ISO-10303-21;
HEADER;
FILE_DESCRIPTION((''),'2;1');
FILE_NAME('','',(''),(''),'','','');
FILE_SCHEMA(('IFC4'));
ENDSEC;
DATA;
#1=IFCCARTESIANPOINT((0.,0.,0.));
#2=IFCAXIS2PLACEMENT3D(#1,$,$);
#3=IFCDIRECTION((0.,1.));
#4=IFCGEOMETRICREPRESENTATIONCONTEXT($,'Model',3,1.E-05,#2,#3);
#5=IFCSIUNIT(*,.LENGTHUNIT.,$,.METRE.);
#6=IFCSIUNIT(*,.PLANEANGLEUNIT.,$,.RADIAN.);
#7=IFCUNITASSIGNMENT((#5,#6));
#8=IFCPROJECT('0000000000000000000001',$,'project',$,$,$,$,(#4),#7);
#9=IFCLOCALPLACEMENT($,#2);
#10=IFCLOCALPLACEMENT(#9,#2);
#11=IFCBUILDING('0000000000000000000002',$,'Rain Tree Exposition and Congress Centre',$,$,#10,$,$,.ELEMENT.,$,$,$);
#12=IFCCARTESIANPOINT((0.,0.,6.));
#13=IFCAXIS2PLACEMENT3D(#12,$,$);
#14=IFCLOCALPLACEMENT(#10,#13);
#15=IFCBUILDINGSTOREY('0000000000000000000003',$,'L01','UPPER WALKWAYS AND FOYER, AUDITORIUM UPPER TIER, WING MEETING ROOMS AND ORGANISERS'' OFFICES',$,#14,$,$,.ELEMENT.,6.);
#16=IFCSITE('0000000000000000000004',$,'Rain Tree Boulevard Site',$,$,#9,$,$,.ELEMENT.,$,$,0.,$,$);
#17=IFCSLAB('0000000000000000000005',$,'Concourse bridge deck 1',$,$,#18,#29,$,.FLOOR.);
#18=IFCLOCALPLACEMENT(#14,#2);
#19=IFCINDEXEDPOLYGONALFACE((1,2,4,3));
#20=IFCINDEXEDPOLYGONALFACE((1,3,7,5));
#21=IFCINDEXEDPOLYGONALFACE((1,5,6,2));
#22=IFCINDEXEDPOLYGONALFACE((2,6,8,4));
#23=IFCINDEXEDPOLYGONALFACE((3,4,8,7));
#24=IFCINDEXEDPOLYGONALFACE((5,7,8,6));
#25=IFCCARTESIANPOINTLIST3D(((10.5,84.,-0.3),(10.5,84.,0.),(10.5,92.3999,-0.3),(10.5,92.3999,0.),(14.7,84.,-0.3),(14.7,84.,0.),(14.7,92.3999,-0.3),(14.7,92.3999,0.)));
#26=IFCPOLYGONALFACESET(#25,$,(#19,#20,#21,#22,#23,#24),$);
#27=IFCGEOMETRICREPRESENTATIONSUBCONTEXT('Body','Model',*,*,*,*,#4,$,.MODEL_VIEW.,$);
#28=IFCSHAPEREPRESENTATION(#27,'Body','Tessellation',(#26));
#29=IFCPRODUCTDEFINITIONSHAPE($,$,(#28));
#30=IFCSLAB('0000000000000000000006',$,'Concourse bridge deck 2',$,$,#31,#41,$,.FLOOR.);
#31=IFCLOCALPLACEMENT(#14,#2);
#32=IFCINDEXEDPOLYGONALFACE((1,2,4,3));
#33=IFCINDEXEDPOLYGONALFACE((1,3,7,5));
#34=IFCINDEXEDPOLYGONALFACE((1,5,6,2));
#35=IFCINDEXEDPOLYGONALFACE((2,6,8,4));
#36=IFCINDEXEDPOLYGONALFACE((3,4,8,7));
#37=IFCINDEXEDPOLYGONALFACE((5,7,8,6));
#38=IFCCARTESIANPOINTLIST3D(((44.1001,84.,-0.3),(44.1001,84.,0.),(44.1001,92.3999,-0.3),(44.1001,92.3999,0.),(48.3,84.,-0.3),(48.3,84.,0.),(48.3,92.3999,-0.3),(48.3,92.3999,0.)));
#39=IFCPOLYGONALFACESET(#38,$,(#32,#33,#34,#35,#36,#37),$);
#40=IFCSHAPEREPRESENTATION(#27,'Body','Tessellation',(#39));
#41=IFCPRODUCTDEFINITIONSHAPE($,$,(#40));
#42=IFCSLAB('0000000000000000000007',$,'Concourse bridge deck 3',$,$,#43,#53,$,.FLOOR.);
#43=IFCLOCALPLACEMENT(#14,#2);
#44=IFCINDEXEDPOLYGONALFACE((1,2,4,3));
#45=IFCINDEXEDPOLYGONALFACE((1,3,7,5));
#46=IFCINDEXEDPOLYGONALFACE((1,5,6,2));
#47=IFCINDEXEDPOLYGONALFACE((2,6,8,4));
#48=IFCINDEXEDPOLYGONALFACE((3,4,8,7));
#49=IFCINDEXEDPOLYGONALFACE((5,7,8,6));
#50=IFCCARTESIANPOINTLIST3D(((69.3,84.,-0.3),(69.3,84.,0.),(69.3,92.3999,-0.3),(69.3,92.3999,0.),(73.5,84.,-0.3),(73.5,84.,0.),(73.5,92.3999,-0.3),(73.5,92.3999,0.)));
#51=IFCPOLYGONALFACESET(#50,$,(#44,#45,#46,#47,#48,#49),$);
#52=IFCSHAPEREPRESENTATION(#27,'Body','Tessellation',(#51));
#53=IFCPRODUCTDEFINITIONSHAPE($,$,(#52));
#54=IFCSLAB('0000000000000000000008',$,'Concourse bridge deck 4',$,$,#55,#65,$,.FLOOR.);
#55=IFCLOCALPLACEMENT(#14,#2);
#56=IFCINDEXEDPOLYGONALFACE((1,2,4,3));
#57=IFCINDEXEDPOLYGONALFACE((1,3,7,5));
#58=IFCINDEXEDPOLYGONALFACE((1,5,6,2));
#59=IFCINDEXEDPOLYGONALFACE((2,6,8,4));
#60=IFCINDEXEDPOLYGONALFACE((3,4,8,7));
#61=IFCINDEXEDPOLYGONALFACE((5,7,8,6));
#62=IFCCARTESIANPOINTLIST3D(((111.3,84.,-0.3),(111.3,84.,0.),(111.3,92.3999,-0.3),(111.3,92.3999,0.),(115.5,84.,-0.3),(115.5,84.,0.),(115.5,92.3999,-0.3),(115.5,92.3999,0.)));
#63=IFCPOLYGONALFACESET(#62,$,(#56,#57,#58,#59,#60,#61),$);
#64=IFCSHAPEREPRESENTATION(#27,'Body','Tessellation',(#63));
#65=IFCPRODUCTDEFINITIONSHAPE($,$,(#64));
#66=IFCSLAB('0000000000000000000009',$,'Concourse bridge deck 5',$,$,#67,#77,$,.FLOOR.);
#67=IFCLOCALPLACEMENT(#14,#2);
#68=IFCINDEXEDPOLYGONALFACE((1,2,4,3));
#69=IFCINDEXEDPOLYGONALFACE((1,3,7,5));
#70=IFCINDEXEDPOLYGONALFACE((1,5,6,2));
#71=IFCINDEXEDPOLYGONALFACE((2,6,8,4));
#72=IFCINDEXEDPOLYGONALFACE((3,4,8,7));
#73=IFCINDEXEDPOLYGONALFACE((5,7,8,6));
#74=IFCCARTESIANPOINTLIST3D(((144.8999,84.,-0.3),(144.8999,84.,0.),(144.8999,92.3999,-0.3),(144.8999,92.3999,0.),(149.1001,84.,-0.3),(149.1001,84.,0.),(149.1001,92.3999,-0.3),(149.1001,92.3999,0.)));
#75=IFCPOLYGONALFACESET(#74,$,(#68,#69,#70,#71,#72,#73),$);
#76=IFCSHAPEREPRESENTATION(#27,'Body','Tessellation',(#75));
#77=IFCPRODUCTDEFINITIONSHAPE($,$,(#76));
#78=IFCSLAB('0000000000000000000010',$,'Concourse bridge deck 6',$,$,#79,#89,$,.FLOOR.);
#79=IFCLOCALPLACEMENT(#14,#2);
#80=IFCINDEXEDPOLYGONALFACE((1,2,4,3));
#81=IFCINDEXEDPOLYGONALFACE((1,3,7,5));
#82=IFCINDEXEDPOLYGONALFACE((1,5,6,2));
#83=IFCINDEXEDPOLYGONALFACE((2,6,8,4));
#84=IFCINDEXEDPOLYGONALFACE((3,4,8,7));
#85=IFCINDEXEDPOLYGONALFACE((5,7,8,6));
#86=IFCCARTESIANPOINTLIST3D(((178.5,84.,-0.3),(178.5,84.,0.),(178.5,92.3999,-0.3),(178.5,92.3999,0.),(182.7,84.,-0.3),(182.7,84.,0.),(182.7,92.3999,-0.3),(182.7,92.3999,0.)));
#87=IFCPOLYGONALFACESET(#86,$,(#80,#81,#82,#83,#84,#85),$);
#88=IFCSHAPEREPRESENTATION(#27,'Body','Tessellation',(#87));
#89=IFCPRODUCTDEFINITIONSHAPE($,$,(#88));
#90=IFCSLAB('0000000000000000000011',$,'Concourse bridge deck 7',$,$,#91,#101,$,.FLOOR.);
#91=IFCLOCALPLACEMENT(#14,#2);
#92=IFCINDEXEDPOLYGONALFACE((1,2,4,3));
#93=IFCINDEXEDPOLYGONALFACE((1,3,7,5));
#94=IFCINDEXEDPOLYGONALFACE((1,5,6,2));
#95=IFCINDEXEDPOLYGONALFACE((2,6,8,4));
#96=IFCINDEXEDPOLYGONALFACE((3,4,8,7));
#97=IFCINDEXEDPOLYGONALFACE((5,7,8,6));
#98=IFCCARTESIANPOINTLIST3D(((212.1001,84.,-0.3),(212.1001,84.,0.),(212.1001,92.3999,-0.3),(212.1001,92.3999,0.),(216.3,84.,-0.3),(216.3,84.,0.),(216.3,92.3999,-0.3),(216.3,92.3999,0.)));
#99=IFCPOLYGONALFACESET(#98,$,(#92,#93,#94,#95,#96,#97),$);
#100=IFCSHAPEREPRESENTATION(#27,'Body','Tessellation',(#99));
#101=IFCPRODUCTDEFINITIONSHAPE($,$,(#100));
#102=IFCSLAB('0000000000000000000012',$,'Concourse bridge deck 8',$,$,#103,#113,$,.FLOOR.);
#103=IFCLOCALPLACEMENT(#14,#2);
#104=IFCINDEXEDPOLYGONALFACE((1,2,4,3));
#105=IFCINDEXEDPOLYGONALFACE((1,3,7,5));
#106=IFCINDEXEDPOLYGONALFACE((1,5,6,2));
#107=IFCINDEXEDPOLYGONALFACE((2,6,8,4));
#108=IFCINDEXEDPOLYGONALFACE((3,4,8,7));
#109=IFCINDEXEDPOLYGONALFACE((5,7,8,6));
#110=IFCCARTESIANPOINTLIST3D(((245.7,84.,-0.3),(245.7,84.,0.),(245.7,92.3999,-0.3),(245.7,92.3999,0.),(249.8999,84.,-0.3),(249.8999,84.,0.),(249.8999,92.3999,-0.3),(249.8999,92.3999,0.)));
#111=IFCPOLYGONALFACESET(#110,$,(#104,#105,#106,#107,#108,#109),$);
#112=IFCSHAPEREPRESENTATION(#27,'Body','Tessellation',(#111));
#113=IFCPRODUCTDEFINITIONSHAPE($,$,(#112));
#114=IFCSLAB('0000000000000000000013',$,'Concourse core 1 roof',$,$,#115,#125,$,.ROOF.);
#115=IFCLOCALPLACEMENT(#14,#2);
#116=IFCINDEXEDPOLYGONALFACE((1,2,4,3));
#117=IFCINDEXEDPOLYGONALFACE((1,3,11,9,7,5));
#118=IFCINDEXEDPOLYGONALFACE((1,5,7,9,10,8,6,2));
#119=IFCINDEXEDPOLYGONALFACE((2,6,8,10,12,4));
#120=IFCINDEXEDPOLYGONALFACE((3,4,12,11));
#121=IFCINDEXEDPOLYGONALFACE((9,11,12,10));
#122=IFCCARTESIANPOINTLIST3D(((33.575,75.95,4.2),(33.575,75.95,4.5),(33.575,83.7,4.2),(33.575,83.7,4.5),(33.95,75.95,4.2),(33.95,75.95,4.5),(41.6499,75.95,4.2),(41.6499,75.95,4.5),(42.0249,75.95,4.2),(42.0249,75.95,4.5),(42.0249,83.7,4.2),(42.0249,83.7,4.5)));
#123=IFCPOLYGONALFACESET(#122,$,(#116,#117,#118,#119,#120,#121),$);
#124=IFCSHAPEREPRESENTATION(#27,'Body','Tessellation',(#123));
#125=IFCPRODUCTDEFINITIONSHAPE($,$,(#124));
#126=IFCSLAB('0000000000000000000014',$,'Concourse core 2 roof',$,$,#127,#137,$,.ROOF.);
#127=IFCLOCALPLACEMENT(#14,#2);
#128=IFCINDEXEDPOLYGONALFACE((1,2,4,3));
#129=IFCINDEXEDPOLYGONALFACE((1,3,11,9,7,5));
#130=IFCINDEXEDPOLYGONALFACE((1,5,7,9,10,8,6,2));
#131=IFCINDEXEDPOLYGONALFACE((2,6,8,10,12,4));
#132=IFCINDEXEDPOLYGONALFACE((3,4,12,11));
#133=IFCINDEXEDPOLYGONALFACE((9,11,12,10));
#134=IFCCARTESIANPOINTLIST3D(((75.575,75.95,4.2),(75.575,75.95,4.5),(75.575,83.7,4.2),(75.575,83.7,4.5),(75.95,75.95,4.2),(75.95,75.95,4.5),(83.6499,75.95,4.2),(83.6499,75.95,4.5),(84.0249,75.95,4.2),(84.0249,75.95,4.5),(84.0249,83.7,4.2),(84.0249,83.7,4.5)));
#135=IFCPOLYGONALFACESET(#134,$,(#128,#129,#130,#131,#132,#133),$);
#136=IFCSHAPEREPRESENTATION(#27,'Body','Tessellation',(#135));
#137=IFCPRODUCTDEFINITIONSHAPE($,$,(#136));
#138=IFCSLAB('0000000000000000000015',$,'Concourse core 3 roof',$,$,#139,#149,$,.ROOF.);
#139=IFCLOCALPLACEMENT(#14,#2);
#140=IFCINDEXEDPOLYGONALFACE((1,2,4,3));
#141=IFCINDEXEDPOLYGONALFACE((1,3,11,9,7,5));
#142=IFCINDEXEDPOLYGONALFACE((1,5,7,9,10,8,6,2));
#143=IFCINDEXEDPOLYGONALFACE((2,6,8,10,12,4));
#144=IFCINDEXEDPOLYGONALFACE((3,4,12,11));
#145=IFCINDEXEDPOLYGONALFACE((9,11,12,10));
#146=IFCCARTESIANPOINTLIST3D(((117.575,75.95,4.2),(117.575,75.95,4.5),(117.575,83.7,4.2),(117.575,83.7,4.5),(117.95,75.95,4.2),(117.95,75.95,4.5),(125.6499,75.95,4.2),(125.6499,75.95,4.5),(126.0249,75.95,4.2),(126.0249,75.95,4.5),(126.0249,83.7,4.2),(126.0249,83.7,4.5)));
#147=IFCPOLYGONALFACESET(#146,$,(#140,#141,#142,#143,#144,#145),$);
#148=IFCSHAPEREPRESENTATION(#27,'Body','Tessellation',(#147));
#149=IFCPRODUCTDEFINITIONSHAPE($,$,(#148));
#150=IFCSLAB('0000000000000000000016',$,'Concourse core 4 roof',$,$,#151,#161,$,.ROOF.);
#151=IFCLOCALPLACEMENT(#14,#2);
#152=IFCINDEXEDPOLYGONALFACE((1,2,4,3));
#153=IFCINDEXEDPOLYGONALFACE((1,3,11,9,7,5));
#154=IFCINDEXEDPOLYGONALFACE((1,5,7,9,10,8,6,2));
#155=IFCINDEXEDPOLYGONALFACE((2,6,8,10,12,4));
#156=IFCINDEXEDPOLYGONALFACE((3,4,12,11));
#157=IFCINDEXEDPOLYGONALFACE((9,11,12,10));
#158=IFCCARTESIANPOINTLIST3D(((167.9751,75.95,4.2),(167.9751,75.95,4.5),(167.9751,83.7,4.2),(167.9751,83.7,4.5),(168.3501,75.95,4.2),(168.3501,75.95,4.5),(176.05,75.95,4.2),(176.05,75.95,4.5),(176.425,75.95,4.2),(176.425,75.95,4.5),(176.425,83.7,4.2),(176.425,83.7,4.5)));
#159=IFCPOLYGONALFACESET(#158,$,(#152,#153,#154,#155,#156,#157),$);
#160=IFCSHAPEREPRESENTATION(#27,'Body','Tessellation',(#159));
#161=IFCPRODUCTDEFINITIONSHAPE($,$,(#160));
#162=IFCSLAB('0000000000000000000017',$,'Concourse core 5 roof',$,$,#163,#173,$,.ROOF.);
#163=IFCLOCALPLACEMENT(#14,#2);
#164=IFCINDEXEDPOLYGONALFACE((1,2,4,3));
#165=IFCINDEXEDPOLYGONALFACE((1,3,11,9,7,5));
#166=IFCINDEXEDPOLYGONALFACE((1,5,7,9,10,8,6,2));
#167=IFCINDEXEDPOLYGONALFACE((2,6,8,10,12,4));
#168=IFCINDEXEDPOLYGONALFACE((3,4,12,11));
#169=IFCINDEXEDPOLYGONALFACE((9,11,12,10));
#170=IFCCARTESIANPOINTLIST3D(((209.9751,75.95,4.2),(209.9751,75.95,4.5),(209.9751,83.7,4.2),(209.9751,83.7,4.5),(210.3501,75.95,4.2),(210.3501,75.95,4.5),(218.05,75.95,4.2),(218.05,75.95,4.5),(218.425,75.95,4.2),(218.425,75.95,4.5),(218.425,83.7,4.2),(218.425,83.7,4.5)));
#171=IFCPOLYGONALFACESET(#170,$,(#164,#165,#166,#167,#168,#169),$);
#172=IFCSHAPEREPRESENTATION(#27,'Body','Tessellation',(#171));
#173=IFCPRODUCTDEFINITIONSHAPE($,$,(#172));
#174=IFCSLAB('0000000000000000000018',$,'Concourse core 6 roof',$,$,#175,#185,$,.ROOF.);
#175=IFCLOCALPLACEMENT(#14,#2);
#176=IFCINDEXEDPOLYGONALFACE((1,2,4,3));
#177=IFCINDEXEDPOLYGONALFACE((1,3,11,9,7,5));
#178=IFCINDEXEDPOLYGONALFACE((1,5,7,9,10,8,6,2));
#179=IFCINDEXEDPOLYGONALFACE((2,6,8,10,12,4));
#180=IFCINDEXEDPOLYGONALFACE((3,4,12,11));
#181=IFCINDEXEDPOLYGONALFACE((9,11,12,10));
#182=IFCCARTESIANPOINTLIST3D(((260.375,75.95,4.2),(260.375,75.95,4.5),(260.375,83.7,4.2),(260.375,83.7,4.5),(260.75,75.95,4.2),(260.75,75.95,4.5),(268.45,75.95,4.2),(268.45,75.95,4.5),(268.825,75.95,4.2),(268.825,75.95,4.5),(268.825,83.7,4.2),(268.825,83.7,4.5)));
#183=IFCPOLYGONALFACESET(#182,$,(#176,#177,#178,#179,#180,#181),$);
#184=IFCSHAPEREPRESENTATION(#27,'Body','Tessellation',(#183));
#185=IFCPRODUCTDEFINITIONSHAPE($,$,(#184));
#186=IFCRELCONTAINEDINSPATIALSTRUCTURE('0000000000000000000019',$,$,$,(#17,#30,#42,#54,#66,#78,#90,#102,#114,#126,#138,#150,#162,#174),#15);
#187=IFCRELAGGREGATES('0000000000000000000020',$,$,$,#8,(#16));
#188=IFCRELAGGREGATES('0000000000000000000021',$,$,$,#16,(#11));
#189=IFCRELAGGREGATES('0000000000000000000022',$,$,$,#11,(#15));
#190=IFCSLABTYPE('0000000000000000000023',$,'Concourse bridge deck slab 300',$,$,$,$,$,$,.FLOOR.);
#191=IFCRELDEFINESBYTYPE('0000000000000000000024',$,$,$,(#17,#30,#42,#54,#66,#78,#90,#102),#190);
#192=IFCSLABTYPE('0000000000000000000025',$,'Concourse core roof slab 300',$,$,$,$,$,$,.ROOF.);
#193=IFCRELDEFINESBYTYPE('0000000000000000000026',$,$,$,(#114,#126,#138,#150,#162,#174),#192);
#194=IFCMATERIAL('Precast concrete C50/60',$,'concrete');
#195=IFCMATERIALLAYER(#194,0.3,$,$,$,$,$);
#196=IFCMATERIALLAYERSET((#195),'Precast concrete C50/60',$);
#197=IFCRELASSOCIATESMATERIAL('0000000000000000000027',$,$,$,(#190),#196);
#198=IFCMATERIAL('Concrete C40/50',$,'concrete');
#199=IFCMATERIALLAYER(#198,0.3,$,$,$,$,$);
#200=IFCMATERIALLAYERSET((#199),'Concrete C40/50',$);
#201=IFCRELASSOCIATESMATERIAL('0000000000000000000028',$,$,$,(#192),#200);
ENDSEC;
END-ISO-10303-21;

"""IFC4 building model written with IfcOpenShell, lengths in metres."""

from ifc_helpers import new_model, si_unit, direction, frame, origin, place, context, subcontext, project, spatial, polyline, outline, extrude, material, layer, layer_set, type_object, element, save


model = new_model("IFC4")

# Units and contexts
model_context = context("Model", 3, precision=1e-05, world=origin(), true_north=direction((0.0, 1.0)))
body_context = subcontext(model_context, "Body", "Model", "MODEL_VIEW")
ifc_project = project(units=[si_unit("LENGTHUNIT", "METRE"), si_unit("PLANEANGLEUNIT", "RADIAN")], contexts=[model_context])

# Site, building, storey
site_placement = place(None, origin())
site = spatial("IfcSite", under=ifc_project, at=site_placement, Name="Rain Tree Boulevard Site", CompositionType="ELEMENT", RefElevation=0.0)
building_placement = place(site_placement, origin())
building = spatial("IfcBuilding", under=site, at=building_placement, Name="Rain Tree Exposition and Congress Centre", CompositionType="ELEMENT")
storey_placement = place(building_placement, frame((0.0, 0.0, 6.0)))
storey = spatial("IfcBuildingStorey", under=building, at=storey_placement, Name="L01", Description="UPPER WALKWAYS AND FOYER, AUDITORIUM UPPER TIER, WING MEETING ROOMS AND ORGANISERS' OFFICES", CompositionType="ELEMENT", Elevation=6.0)

# Slabs
ifc_material_1 = material(Name="Precast concrete C50/60", Category="concrete")
ifc_layer_1 = layer(ifc_material_1, 0.3)
ifc_layer_set_1 = layer_set([ifc_layer_1], Name="Precast concrete C50/60")
slab_type_1 = type_object("IfcSlabType", Name="Concourse bridge deck slab 300", PredefinedType="FLOOR", material=ifc_layer_set_1)
slab_1_placement = place(storey_placement, frame((0.0, 0.0, -0.3)))
element("IfcSlab", 1, at=slab_1_placement, inside=storey, type_object=slab_type_1, Name="Concourse bridge deck 1", PredefinedType="FLOOR", context=body_context, shape_type="SweptSolid", body=[
    extrude(outline(polyline([(10.5, 84.0), (14.7, 84.0), (14.7, 92.3999), (10.5, 92.3999), (10.5, 84.0)])), origin(), (0.0, 0.0, 1.0), 0.3),
])
slab_2_placement = place(storey_placement, frame((0.0, 0.0, -0.3)))
element("IfcSlab", 2, at=slab_2_placement, inside=storey, type_object=slab_type_1, Name="Concourse bridge deck 2", PredefinedType="FLOOR", context=body_context, shape_type="SweptSolid", body=[
    extrude(outline(polyline([(44.1001, 84.0), (48.3, 84.0), (48.3, 92.3999), (44.1001, 92.3999), (44.1001, 84.0)])), origin(), (0.0, 0.0, 1.0), 0.3),
])
slab_3_placement = place(storey_placement, frame((0.0, 0.0, -0.3)))
element("IfcSlab", 3, at=slab_3_placement, inside=storey, type_object=slab_type_1, Name="Concourse bridge deck 3", PredefinedType="FLOOR", context=body_context, shape_type="SweptSolid", body=[
    extrude(outline(polyline([(69.3, 84.0), (73.5, 84.0), (73.5, 92.3999), (69.3, 92.3999), (69.3, 84.0)])), origin(), (0.0, 0.0, 1.0), 0.3),
])
slab_4_placement = place(storey_placement, frame((0.0, 0.0, -0.3)))
element("IfcSlab", 4, at=slab_4_placement, inside=storey, type_object=slab_type_1, Name="Concourse bridge deck 4", PredefinedType="FLOOR", context=body_context, shape_type="SweptSolid", body=[
    extrude(outline(polyline([(111.3, 84.0), (115.5, 84.0), (115.5, 92.3999), (111.3, 92.3999), (111.3, 84.0)])), origin(), (0.0, 0.0, 1.0), 0.3),
])
slab_5_placement = place(storey_placement, frame((0.0, 0.0, -0.3)))
element("IfcSlab", 5, at=slab_5_placement, inside=storey, type_object=slab_type_1, Name="Concourse bridge deck 5", PredefinedType="FLOOR", context=body_context, shape_type="SweptSolid", body=[
    extrude(outline(polyline([(144.8999, 84.0), (149.1001, 84.0), (149.1001, 92.3999), (144.8999, 92.3999), (144.8999, 84.0)])), origin(), (0.0, 0.0, 1.0), 0.3),
])
slab_6_placement = place(storey_placement, frame((0.0, 0.0, -0.3)))
element("IfcSlab", 6, at=slab_6_placement, inside=storey, type_object=slab_type_1, Name="Concourse bridge deck 6", PredefinedType="FLOOR", context=body_context, shape_type="SweptSolid", body=[
    extrude(outline(polyline([(178.5, 84.0), (182.7, 84.0), (182.7, 92.3999), (178.5, 92.3999), (178.5, 84.0)])), origin(), (0.0, 0.0, 1.0), 0.3),
])
slab_7_placement = place(storey_placement, frame((0.0, 0.0, -0.3)))
element("IfcSlab", 7, at=slab_7_placement, inside=storey, type_object=slab_type_1, Name="Concourse bridge deck 7", PredefinedType="FLOOR", context=body_context, shape_type="SweptSolid", body=[
    extrude(outline(polyline([(212.1001, 84.0), (216.3, 84.0), (216.3, 92.3999), (212.1001, 92.3999), (212.1001, 84.0)])), origin(), (0.0, 0.0, 1.0), 0.3),
])
slab_8_placement = place(storey_placement, frame((0.0, 0.0, -0.3)))
element("IfcSlab", 8, at=slab_8_placement, inside=storey, type_object=slab_type_1, Name="Concourse bridge deck 8", PredefinedType="FLOOR", context=body_context, shape_type="SweptSolid", body=[
    extrude(outline(polyline([(245.7, 84.0), (249.8999, 84.0), (249.8999, 92.3999), (245.7, 92.3999), (245.7, 84.0)])), origin(), (0.0, 0.0, 1.0), 0.3),
])
ifc_material_2 = material(Name="Concrete C40/50", Category="concrete")
ifc_layer_2 = layer(ifc_material_2, 0.3)
ifc_layer_set_2 = layer_set([ifc_layer_2], Name="Concrete C40/50")
slab_type_2 = type_object("IfcSlabType", Name="Concourse core roof slab 300", PredefinedType="ROOF", material=ifc_layer_set_2)
slab_9_placement = place(storey_placement, frame((0.0, 0.0, 4.2)))
element("IfcSlab", 9, at=slab_9_placement, inside=storey, type_object=slab_type_2, Name="Concourse core 1 roof", PredefinedType="ROOF", context=body_context, shape_type="SweptSolid", body=[
    extrude(outline(polyline([(42.0249, 83.7), (42.0249, 75.95), (41.6499, 75.95), (33.95, 75.95), (33.575, 75.95), (33.575, 83.7), (42.0249, 83.7)])), origin(), (0.0, 0.0, 1.0), 0.3),
])
slab_10_placement = place(storey_placement, frame((0.0, 0.0, 4.2)))
element("IfcSlab", 10, at=slab_10_placement, inside=storey, type_object=slab_type_2, Name="Concourse core 2 roof", PredefinedType="ROOF", context=body_context, shape_type="SweptSolid", body=[
    extrude(outline(polyline([(84.0249, 83.7), (84.0249, 75.95), (83.6499, 75.95), (75.95, 75.95), (75.575, 75.95), (75.575, 83.7), (84.0249, 83.7)])), origin(), (0.0, 0.0, 1.0), 0.3),
])
slab_11_placement = place(storey_placement, frame((0.0, 0.0, 4.2)))
element("IfcSlab", 11, at=slab_11_placement, inside=storey, type_object=slab_type_2, Name="Concourse core 3 roof", PredefinedType="ROOF", context=body_context, shape_type="SweptSolid", body=[
    extrude(outline(polyline([(126.0249, 83.7), (126.0249, 75.95), (125.6499, 75.95), (117.95, 75.95), (117.575, 75.95), (117.575, 83.7), (126.0249, 83.7)])), origin(), (0.0, 0.0, 1.0), 0.3),
])
slab_12_placement = place(storey_placement, frame((0.0, 0.0, 4.2)))
element("IfcSlab", 12, at=slab_12_placement, inside=storey, type_object=slab_type_2, Name="Concourse core 4 roof", PredefinedType="ROOF", context=body_context, shape_type="SweptSolid", body=[
    extrude(outline(polyline([(176.425, 83.7), (176.425, 75.95), (176.05, 75.95), (168.3501, 75.95), (167.9751, 75.95), (167.9751, 83.7), (176.425, 83.7)])), origin(), (0.0, 0.0, 1.0), 0.3),
])
slab_13_placement = place(storey_placement, frame((0.0, 0.0, 4.2)))
element("IfcSlab", 13, at=slab_13_placement, inside=storey, type_object=slab_type_2, Name="Concourse core 5 roof", PredefinedType="ROOF", context=body_context, shape_type="SweptSolid", body=[
    extrude(outline(polyline([(218.425, 83.7), (218.425, 75.95), (218.05, 75.95), (210.3501, 75.95), (209.9751, 75.95), (209.9751, 83.7), (218.425, 83.7)])), origin(), (0.0, 0.0, 1.0), 0.3),
])
slab_14_placement = place(storey_placement, frame((0.0, 0.0, 4.2)))
element("IfcSlab", 14, at=slab_14_placement, inside=storey, type_object=slab_type_2, Name="Concourse core 6 roof", PredefinedType="ROOF", context=body_context, shape_type="SweptSolid", body=[
    extrude(outline(polyline([(268.825, 83.7), (268.825, 75.95), (268.45, 75.95), (260.75, 75.95), (260.375, 75.95), (260.375, 83.7), (268.825, 83.7)])), origin(), (0.0, 0.0, 1.0), 0.3),
])

save(model, "model.ifc")
